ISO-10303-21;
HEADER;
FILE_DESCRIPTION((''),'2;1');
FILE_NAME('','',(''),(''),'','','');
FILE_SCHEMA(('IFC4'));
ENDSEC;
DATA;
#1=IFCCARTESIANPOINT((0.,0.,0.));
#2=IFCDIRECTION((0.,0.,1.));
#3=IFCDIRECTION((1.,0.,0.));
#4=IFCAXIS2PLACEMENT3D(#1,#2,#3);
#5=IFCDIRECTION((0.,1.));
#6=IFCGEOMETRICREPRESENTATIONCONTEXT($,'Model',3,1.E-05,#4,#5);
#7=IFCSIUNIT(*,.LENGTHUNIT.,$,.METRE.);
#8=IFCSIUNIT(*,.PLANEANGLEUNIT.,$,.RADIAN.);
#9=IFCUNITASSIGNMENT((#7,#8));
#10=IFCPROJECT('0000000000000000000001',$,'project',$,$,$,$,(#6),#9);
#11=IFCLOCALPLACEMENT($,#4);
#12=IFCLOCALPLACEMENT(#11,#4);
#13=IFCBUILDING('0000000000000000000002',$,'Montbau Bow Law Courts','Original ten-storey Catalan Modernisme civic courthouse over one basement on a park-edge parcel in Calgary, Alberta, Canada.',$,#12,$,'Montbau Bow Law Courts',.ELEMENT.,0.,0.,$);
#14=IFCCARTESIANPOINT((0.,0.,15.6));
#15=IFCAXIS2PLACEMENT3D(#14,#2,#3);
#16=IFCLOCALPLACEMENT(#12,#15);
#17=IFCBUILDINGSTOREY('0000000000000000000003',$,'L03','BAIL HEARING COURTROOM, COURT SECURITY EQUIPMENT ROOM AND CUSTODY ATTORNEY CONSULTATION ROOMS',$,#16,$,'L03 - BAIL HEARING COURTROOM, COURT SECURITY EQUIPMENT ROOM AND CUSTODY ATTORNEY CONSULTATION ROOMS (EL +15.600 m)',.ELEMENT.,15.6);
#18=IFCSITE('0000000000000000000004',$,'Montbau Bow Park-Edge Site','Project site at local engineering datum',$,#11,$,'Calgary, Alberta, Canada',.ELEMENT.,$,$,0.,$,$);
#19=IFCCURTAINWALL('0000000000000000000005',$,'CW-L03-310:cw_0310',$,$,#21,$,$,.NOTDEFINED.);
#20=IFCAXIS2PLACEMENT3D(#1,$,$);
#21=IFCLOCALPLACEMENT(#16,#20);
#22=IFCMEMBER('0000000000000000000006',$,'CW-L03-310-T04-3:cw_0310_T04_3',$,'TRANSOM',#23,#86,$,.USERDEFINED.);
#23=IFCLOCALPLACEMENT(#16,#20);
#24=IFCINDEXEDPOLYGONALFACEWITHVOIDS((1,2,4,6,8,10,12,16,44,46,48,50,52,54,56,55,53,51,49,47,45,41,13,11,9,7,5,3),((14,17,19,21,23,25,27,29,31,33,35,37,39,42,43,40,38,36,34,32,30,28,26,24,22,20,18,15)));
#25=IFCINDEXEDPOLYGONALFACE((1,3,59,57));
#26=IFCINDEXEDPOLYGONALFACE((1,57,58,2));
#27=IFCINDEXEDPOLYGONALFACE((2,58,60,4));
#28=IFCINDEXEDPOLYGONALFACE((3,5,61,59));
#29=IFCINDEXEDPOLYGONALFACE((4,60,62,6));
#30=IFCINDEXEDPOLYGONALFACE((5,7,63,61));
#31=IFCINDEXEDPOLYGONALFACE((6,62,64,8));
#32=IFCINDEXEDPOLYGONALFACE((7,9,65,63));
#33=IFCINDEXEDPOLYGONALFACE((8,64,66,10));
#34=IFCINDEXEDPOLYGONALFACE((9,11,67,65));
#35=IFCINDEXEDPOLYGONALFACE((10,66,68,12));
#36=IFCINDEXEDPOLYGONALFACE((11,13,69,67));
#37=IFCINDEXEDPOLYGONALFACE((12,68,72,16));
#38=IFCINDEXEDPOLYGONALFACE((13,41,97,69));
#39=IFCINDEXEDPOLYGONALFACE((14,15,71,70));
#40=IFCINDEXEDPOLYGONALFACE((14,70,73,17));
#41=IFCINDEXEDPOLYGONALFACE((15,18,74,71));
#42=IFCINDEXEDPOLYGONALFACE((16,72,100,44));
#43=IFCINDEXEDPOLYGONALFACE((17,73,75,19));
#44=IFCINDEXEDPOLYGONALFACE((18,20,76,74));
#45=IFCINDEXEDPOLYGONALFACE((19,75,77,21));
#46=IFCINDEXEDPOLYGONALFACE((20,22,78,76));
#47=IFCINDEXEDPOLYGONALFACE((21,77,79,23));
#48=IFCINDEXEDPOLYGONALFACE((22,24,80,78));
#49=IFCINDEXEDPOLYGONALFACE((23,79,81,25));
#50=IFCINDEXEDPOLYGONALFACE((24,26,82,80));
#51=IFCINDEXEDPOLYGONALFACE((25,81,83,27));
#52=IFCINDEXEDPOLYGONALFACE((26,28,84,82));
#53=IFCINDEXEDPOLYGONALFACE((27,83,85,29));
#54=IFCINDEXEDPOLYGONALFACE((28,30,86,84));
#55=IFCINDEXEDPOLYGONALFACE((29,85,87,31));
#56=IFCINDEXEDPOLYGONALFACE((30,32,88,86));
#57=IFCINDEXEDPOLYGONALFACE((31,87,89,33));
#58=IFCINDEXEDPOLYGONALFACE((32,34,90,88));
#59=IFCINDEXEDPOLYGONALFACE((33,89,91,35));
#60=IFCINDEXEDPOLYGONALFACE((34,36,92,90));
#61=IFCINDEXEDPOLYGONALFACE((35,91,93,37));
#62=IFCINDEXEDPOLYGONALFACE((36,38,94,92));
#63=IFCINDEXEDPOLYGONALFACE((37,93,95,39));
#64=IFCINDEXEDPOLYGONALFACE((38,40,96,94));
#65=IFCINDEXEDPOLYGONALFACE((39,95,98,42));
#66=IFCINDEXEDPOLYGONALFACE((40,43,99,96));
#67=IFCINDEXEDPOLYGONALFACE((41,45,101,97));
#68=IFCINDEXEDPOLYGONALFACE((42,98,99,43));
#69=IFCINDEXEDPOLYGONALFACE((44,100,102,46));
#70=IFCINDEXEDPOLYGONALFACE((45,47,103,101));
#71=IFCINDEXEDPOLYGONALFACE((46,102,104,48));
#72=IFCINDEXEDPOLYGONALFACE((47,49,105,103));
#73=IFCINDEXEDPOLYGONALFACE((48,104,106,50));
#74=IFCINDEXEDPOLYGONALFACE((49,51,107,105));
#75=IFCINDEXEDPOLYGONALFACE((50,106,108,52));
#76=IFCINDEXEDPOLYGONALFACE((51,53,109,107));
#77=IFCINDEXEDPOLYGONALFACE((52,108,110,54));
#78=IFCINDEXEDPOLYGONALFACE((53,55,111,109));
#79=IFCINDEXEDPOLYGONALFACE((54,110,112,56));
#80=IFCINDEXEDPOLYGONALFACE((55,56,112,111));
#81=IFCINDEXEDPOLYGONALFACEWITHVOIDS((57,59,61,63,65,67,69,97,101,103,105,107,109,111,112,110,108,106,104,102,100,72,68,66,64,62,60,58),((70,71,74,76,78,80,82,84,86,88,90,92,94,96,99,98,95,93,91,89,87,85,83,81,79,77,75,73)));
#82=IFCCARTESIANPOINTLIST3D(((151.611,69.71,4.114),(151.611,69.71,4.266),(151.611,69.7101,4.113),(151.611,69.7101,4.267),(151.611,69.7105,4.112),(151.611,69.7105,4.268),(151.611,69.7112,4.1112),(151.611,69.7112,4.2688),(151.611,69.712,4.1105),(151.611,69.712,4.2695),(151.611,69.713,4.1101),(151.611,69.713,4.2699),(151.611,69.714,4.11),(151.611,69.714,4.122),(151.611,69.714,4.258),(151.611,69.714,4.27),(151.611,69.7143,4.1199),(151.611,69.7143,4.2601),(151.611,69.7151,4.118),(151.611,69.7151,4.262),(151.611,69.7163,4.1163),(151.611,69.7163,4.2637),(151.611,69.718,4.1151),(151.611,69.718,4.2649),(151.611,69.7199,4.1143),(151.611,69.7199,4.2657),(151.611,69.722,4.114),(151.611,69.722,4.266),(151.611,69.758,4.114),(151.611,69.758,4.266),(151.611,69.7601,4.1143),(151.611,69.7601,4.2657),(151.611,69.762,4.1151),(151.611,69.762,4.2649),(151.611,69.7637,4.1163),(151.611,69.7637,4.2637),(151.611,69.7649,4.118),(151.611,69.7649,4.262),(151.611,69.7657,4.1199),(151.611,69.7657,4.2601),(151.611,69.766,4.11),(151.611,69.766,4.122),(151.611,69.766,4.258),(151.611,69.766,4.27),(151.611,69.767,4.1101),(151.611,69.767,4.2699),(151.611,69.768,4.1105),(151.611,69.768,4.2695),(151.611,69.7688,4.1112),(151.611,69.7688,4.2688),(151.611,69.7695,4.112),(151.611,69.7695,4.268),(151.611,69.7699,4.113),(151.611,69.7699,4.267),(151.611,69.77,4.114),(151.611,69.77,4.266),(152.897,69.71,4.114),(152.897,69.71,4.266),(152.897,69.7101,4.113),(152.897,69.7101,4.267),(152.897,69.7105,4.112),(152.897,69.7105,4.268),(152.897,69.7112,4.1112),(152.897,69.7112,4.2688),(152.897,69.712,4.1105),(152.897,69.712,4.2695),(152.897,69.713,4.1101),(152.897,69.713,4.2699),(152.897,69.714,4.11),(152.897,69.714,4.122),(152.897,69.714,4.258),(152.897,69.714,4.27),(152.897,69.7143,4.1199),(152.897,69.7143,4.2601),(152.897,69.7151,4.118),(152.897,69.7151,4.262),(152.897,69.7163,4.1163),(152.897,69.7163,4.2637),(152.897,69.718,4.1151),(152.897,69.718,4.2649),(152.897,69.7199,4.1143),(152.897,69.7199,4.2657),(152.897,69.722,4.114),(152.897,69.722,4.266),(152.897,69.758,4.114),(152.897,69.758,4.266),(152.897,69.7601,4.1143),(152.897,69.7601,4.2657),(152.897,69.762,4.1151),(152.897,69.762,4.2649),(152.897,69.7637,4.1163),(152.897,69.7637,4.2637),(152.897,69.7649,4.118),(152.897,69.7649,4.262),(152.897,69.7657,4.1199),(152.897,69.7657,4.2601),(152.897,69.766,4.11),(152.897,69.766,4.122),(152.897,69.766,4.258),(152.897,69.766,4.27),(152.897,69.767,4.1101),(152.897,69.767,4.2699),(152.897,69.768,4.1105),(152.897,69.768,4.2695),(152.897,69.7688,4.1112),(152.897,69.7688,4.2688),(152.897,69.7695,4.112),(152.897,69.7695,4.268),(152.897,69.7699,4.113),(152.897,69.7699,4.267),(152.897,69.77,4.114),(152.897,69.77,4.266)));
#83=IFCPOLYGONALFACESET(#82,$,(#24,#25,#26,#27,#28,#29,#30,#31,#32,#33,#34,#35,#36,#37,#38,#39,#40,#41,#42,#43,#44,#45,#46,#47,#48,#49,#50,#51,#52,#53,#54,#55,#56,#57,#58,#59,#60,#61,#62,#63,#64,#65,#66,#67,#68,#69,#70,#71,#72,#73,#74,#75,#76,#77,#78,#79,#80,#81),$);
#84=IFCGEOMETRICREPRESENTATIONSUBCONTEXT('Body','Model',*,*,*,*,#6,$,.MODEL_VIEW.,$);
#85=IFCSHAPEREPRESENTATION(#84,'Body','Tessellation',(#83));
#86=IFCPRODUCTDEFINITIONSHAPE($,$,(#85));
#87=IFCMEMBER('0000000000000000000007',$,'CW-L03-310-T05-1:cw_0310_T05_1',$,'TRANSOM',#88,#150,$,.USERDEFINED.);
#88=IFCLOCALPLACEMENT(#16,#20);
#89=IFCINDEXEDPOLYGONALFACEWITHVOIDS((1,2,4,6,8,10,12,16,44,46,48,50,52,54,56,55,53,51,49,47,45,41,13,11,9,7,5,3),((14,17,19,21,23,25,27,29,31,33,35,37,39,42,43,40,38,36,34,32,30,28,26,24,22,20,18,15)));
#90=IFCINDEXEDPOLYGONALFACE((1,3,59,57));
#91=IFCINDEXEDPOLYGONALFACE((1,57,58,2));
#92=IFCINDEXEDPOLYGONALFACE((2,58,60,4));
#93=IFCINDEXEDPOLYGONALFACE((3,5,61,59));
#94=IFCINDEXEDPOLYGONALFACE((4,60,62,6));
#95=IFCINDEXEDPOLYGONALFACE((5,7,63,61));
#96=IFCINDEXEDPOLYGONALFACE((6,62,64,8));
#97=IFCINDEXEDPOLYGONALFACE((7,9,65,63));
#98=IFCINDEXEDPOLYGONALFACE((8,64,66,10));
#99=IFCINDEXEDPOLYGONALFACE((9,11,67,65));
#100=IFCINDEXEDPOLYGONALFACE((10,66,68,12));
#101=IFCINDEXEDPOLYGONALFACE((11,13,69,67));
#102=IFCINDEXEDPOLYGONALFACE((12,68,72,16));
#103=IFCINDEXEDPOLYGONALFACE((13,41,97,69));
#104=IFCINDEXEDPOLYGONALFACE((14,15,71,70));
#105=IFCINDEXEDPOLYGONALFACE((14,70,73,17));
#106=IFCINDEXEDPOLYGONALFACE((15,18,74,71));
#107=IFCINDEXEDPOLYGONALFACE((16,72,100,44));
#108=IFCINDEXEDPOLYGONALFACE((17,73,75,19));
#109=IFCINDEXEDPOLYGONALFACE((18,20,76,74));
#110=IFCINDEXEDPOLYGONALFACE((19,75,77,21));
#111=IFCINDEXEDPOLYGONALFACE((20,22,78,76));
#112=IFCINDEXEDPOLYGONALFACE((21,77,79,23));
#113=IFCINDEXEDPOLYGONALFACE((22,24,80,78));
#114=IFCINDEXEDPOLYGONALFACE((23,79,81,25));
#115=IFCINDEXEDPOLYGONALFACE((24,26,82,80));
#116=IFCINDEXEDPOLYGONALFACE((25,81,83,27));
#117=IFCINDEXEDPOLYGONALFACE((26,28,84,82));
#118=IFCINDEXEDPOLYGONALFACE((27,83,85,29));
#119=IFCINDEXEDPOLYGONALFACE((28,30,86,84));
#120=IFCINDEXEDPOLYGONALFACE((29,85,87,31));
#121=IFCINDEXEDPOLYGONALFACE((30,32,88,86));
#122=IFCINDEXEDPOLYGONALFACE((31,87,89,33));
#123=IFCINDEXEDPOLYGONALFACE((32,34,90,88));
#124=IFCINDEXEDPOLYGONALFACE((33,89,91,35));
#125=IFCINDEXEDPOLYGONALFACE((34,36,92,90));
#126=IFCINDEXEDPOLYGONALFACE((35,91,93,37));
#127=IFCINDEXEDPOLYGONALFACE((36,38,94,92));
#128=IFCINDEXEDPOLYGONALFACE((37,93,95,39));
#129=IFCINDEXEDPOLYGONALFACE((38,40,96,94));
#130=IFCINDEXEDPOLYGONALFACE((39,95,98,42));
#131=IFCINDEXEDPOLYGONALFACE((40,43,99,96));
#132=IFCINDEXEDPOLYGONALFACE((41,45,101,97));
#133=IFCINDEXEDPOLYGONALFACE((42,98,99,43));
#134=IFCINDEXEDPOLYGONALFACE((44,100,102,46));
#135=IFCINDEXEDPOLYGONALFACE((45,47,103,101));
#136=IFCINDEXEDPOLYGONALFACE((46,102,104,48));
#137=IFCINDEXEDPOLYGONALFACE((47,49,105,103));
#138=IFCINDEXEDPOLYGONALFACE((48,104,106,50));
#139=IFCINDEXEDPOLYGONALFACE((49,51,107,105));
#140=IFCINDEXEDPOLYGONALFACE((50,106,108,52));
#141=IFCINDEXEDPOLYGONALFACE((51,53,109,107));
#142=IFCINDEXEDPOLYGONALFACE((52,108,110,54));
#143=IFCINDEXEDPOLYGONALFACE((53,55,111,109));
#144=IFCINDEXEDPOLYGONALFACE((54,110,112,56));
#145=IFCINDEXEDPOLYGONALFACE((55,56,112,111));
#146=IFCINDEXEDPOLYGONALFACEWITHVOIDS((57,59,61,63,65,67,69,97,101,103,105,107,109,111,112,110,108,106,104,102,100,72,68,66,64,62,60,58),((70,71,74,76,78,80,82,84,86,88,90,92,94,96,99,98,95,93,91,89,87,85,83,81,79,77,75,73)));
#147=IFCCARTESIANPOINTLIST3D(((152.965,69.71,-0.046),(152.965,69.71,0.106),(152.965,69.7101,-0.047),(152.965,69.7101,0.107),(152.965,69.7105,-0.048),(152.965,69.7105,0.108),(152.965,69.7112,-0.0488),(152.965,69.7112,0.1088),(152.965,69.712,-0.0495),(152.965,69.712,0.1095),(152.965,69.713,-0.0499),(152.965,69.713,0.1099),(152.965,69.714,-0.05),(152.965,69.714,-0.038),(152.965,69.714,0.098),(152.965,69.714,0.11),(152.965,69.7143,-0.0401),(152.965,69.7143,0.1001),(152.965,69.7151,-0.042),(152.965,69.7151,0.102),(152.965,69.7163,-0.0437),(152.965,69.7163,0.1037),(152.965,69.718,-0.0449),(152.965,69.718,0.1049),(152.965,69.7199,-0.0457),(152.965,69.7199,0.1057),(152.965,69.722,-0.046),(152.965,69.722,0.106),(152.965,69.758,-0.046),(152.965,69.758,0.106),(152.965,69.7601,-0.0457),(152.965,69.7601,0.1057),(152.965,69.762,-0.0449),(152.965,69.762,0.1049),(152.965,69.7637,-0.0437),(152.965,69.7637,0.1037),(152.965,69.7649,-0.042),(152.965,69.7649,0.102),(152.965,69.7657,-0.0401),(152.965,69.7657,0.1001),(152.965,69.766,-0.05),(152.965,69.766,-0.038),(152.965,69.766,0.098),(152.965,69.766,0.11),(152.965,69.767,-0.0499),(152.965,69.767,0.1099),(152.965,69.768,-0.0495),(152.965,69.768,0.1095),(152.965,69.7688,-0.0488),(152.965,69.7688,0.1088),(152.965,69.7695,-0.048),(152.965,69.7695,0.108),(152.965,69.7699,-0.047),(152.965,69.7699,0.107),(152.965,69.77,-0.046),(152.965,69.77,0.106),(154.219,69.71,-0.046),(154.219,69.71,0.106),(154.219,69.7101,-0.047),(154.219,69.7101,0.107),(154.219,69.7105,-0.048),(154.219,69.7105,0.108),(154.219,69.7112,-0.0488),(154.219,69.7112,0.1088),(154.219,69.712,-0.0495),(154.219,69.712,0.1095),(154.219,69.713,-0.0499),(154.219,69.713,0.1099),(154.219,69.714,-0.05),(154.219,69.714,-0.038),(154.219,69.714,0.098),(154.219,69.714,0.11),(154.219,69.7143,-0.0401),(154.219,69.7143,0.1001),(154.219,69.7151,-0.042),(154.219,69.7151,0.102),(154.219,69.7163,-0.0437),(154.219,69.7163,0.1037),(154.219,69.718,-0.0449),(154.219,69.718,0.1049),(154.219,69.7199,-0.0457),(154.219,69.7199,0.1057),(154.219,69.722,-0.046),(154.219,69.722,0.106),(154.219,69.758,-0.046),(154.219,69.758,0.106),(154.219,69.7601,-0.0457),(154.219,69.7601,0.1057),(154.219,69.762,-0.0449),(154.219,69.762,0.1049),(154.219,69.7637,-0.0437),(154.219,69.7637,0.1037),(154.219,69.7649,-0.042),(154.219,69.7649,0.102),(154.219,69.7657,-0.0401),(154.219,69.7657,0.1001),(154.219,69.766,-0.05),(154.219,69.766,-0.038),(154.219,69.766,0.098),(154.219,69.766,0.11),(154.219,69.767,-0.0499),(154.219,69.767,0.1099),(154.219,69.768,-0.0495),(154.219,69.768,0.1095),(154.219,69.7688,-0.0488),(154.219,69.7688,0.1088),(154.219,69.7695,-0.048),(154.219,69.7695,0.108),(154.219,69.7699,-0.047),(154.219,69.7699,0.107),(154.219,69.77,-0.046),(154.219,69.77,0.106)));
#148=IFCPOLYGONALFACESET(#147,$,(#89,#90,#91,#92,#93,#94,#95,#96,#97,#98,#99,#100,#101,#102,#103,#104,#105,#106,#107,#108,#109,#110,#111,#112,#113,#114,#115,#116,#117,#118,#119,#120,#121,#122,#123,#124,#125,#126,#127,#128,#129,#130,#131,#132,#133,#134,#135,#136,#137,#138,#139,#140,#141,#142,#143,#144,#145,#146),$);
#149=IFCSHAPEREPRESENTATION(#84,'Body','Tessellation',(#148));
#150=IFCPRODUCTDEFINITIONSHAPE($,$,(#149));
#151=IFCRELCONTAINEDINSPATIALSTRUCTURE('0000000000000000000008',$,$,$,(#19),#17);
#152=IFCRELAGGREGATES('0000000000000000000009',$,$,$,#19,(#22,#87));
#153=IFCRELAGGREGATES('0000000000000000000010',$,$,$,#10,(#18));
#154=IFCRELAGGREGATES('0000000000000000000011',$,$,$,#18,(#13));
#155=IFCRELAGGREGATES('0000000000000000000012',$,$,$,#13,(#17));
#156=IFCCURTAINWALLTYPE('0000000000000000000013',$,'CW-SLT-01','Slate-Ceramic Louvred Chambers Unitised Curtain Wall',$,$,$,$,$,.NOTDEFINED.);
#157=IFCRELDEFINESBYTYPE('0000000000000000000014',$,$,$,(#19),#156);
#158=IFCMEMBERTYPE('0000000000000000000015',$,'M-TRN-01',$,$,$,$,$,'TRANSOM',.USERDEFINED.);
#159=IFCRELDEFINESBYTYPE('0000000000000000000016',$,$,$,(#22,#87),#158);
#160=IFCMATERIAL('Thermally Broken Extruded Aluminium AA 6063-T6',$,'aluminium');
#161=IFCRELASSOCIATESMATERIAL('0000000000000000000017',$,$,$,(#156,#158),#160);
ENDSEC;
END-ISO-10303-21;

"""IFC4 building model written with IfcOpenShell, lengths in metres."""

from ifc_helpers import new_model, si_unit, direction, frame, origin_with_axes, origin_2d_with_axis, place, context, subcontext, project, spatial, hollow_rectangle, extrude, material, material_profile, profile_set, type_object, element, aggregate, save


model = new_model("IFC4")

# Units and contexts
model_context = context("Model", 3, precision=1e-05, world=origin_with_axes(), true_north=direction((0.0, 1.0)))
body_context = subcontext(model_context, "Body", "Model", "MODEL_VIEW")
ifc_project = project(units=[si_unit("LENGTHUNIT", "METRE"), si_unit("PLANEANGLEUNIT", "RADIAN")], contexts=[model_context])

# Site, building, storey
site_placement = place(None, origin_with_axes())
site = spatial("IfcSite", under=ifc_project, at=site_placement, Name="Montbau Bow Park-Edge Site", Description="Project site at local engineering datum", LongName="Calgary, Alberta, Canada", CompositionType="ELEMENT", RefElevation=0.0)
building_placement = place(site_placement, origin_with_axes())
building = spatial("IfcBuilding", under=site, at=building_placement, Name="Montbau Bow Law Courts", Description="Original ten-storey Catalan Modernisme civic courthouse over one basement on a park-edge parcel in Calgary, Alberta, Canada.", LongName="Montbau Bow Law Courts", CompositionType="ELEMENT", ElevationOfRefHeight=0.0, ElevationOfTerrain=0.0)
storey_placement = place(building_placement, frame((0.0, 0.0, 15.6), z_axis=(0.0, 0.0, 1.0), x_axis=(1.0, 0.0, 0.0)))
storey = spatial("IfcBuildingStorey", under=building, at=storey_placement, Name="L03", Description="BAIL HEARING COURTROOM, COURT SECURITY EQUIPMENT ROOM AND CUSTODY ATTORNEY CONSULTATION ROOMS", LongName="L03 - BAIL HEARING COURTROOM, COURT SECURITY EQUIPMENT ROOM AND CUSTODY ATTORNEY CONSULTATION ROOMS (EL +15.600 m)", CompositionType="ELEMENT", Elevation=15.6)

# Curtain wall, members
ifc_material_1 = material(Name="Thermally Broken Extruded Aluminium AA 6063-T6", Category="aluminium")
curtain_wall_type = type_object("IfcCurtainWallType", Name="CW-SLT-01", Description="Slate-Ceramic Louvred Chambers Unitised Curtain Wall", PredefinedType="NOTDEFINED", material=ifc_material_1)
curtain_wall_placement = place(None, frame((147.515, 69.74, 15.6), z_axis=(0.0, 0.0, 1.0), x_axis=(1.0, 0.0, 0.0)))
curtain_wall = element("IfcCurtainWall", 1, at=curtain_wall_placement, inside=storey, type_object=curtain_wall_type, Name="CW-L03-310:cw_0310", PredefinedType="NOTDEFINED")
ifc_material_profile_1 = material_profile(ifc_material_1, hollow_rectangle(XDim=0.06, YDim=0.16, WallThickness=0.004, InnerFilletRadius=0.008, OuterFilletRadius=0.004, at=origin_2d_with_axis()), Name="CWT-160X60", Category="Main", Priority=0)
ifc_profile_set_1 = profile_set([ifc_material_profile_1], Name="Thermally Broken Extruded Aluminium AA 6063-T6")
member_type_1 = type_object("IfcMemberType", Name="M-TRN-01", ElementType="TRANSOM", PredefinedType="USERDEFINED", material=ifc_profile_set_1)
member_1_placement = place(None, frame((151.611, 69.74, 19.79), z_axis=(1.0, 0.0, 0.0), x_axis=(0.0, 1.0, 0.0)))
member_1 = element("IfcMember", 2, at=member_1_placement, type_object=member_type_1, Name="CW-L03-310-T04-3:cw_0310_T04_3", ObjectType="TRANSOM", PredefinedType="USERDEFINED", context=body_context, shape_type="SweptSolid", body=[
    extrude(hollow_rectangle(XDim=0.06, YDim=0.16, WallThickness=0.004, InnerFilletRadius=0.008, OuterFilletRadius=0.004, at=origin_2d_with_axis()), origin_with_axes(), (0.0, 0.0, 1.0), 1.286),
])
member_2_placement = place(None, frame((152.965, 69.74, 15.63), z_axis=(1.0, 0.0, 0.0), x_axis=(0.0, 1.0, 0.0)))
member_2 = element("IfcMember", 3, at=member_2_placement, type_object=member_type_1, Name="CW-L03-310-T05-1:cw_0310_T05_1", ObjectType="TRANSOM", PredefinedType="USERDEFINED", context=body_context, shape_type="SweptSolid", body=[
    extrude(hollow_rectangle(XDim=0.06, YDim=0.16, WallThickness=0.004, InnerFilletRadius=0.008, OuterFilletRadius=0.004, at=origin_2d_with_axis()), origin_with_axes(), (0.0, 0.0, 1.0), 1.254),
])
aggregate(curtain_wall, [member_1, member_2])

save(model, "model.ifc")
